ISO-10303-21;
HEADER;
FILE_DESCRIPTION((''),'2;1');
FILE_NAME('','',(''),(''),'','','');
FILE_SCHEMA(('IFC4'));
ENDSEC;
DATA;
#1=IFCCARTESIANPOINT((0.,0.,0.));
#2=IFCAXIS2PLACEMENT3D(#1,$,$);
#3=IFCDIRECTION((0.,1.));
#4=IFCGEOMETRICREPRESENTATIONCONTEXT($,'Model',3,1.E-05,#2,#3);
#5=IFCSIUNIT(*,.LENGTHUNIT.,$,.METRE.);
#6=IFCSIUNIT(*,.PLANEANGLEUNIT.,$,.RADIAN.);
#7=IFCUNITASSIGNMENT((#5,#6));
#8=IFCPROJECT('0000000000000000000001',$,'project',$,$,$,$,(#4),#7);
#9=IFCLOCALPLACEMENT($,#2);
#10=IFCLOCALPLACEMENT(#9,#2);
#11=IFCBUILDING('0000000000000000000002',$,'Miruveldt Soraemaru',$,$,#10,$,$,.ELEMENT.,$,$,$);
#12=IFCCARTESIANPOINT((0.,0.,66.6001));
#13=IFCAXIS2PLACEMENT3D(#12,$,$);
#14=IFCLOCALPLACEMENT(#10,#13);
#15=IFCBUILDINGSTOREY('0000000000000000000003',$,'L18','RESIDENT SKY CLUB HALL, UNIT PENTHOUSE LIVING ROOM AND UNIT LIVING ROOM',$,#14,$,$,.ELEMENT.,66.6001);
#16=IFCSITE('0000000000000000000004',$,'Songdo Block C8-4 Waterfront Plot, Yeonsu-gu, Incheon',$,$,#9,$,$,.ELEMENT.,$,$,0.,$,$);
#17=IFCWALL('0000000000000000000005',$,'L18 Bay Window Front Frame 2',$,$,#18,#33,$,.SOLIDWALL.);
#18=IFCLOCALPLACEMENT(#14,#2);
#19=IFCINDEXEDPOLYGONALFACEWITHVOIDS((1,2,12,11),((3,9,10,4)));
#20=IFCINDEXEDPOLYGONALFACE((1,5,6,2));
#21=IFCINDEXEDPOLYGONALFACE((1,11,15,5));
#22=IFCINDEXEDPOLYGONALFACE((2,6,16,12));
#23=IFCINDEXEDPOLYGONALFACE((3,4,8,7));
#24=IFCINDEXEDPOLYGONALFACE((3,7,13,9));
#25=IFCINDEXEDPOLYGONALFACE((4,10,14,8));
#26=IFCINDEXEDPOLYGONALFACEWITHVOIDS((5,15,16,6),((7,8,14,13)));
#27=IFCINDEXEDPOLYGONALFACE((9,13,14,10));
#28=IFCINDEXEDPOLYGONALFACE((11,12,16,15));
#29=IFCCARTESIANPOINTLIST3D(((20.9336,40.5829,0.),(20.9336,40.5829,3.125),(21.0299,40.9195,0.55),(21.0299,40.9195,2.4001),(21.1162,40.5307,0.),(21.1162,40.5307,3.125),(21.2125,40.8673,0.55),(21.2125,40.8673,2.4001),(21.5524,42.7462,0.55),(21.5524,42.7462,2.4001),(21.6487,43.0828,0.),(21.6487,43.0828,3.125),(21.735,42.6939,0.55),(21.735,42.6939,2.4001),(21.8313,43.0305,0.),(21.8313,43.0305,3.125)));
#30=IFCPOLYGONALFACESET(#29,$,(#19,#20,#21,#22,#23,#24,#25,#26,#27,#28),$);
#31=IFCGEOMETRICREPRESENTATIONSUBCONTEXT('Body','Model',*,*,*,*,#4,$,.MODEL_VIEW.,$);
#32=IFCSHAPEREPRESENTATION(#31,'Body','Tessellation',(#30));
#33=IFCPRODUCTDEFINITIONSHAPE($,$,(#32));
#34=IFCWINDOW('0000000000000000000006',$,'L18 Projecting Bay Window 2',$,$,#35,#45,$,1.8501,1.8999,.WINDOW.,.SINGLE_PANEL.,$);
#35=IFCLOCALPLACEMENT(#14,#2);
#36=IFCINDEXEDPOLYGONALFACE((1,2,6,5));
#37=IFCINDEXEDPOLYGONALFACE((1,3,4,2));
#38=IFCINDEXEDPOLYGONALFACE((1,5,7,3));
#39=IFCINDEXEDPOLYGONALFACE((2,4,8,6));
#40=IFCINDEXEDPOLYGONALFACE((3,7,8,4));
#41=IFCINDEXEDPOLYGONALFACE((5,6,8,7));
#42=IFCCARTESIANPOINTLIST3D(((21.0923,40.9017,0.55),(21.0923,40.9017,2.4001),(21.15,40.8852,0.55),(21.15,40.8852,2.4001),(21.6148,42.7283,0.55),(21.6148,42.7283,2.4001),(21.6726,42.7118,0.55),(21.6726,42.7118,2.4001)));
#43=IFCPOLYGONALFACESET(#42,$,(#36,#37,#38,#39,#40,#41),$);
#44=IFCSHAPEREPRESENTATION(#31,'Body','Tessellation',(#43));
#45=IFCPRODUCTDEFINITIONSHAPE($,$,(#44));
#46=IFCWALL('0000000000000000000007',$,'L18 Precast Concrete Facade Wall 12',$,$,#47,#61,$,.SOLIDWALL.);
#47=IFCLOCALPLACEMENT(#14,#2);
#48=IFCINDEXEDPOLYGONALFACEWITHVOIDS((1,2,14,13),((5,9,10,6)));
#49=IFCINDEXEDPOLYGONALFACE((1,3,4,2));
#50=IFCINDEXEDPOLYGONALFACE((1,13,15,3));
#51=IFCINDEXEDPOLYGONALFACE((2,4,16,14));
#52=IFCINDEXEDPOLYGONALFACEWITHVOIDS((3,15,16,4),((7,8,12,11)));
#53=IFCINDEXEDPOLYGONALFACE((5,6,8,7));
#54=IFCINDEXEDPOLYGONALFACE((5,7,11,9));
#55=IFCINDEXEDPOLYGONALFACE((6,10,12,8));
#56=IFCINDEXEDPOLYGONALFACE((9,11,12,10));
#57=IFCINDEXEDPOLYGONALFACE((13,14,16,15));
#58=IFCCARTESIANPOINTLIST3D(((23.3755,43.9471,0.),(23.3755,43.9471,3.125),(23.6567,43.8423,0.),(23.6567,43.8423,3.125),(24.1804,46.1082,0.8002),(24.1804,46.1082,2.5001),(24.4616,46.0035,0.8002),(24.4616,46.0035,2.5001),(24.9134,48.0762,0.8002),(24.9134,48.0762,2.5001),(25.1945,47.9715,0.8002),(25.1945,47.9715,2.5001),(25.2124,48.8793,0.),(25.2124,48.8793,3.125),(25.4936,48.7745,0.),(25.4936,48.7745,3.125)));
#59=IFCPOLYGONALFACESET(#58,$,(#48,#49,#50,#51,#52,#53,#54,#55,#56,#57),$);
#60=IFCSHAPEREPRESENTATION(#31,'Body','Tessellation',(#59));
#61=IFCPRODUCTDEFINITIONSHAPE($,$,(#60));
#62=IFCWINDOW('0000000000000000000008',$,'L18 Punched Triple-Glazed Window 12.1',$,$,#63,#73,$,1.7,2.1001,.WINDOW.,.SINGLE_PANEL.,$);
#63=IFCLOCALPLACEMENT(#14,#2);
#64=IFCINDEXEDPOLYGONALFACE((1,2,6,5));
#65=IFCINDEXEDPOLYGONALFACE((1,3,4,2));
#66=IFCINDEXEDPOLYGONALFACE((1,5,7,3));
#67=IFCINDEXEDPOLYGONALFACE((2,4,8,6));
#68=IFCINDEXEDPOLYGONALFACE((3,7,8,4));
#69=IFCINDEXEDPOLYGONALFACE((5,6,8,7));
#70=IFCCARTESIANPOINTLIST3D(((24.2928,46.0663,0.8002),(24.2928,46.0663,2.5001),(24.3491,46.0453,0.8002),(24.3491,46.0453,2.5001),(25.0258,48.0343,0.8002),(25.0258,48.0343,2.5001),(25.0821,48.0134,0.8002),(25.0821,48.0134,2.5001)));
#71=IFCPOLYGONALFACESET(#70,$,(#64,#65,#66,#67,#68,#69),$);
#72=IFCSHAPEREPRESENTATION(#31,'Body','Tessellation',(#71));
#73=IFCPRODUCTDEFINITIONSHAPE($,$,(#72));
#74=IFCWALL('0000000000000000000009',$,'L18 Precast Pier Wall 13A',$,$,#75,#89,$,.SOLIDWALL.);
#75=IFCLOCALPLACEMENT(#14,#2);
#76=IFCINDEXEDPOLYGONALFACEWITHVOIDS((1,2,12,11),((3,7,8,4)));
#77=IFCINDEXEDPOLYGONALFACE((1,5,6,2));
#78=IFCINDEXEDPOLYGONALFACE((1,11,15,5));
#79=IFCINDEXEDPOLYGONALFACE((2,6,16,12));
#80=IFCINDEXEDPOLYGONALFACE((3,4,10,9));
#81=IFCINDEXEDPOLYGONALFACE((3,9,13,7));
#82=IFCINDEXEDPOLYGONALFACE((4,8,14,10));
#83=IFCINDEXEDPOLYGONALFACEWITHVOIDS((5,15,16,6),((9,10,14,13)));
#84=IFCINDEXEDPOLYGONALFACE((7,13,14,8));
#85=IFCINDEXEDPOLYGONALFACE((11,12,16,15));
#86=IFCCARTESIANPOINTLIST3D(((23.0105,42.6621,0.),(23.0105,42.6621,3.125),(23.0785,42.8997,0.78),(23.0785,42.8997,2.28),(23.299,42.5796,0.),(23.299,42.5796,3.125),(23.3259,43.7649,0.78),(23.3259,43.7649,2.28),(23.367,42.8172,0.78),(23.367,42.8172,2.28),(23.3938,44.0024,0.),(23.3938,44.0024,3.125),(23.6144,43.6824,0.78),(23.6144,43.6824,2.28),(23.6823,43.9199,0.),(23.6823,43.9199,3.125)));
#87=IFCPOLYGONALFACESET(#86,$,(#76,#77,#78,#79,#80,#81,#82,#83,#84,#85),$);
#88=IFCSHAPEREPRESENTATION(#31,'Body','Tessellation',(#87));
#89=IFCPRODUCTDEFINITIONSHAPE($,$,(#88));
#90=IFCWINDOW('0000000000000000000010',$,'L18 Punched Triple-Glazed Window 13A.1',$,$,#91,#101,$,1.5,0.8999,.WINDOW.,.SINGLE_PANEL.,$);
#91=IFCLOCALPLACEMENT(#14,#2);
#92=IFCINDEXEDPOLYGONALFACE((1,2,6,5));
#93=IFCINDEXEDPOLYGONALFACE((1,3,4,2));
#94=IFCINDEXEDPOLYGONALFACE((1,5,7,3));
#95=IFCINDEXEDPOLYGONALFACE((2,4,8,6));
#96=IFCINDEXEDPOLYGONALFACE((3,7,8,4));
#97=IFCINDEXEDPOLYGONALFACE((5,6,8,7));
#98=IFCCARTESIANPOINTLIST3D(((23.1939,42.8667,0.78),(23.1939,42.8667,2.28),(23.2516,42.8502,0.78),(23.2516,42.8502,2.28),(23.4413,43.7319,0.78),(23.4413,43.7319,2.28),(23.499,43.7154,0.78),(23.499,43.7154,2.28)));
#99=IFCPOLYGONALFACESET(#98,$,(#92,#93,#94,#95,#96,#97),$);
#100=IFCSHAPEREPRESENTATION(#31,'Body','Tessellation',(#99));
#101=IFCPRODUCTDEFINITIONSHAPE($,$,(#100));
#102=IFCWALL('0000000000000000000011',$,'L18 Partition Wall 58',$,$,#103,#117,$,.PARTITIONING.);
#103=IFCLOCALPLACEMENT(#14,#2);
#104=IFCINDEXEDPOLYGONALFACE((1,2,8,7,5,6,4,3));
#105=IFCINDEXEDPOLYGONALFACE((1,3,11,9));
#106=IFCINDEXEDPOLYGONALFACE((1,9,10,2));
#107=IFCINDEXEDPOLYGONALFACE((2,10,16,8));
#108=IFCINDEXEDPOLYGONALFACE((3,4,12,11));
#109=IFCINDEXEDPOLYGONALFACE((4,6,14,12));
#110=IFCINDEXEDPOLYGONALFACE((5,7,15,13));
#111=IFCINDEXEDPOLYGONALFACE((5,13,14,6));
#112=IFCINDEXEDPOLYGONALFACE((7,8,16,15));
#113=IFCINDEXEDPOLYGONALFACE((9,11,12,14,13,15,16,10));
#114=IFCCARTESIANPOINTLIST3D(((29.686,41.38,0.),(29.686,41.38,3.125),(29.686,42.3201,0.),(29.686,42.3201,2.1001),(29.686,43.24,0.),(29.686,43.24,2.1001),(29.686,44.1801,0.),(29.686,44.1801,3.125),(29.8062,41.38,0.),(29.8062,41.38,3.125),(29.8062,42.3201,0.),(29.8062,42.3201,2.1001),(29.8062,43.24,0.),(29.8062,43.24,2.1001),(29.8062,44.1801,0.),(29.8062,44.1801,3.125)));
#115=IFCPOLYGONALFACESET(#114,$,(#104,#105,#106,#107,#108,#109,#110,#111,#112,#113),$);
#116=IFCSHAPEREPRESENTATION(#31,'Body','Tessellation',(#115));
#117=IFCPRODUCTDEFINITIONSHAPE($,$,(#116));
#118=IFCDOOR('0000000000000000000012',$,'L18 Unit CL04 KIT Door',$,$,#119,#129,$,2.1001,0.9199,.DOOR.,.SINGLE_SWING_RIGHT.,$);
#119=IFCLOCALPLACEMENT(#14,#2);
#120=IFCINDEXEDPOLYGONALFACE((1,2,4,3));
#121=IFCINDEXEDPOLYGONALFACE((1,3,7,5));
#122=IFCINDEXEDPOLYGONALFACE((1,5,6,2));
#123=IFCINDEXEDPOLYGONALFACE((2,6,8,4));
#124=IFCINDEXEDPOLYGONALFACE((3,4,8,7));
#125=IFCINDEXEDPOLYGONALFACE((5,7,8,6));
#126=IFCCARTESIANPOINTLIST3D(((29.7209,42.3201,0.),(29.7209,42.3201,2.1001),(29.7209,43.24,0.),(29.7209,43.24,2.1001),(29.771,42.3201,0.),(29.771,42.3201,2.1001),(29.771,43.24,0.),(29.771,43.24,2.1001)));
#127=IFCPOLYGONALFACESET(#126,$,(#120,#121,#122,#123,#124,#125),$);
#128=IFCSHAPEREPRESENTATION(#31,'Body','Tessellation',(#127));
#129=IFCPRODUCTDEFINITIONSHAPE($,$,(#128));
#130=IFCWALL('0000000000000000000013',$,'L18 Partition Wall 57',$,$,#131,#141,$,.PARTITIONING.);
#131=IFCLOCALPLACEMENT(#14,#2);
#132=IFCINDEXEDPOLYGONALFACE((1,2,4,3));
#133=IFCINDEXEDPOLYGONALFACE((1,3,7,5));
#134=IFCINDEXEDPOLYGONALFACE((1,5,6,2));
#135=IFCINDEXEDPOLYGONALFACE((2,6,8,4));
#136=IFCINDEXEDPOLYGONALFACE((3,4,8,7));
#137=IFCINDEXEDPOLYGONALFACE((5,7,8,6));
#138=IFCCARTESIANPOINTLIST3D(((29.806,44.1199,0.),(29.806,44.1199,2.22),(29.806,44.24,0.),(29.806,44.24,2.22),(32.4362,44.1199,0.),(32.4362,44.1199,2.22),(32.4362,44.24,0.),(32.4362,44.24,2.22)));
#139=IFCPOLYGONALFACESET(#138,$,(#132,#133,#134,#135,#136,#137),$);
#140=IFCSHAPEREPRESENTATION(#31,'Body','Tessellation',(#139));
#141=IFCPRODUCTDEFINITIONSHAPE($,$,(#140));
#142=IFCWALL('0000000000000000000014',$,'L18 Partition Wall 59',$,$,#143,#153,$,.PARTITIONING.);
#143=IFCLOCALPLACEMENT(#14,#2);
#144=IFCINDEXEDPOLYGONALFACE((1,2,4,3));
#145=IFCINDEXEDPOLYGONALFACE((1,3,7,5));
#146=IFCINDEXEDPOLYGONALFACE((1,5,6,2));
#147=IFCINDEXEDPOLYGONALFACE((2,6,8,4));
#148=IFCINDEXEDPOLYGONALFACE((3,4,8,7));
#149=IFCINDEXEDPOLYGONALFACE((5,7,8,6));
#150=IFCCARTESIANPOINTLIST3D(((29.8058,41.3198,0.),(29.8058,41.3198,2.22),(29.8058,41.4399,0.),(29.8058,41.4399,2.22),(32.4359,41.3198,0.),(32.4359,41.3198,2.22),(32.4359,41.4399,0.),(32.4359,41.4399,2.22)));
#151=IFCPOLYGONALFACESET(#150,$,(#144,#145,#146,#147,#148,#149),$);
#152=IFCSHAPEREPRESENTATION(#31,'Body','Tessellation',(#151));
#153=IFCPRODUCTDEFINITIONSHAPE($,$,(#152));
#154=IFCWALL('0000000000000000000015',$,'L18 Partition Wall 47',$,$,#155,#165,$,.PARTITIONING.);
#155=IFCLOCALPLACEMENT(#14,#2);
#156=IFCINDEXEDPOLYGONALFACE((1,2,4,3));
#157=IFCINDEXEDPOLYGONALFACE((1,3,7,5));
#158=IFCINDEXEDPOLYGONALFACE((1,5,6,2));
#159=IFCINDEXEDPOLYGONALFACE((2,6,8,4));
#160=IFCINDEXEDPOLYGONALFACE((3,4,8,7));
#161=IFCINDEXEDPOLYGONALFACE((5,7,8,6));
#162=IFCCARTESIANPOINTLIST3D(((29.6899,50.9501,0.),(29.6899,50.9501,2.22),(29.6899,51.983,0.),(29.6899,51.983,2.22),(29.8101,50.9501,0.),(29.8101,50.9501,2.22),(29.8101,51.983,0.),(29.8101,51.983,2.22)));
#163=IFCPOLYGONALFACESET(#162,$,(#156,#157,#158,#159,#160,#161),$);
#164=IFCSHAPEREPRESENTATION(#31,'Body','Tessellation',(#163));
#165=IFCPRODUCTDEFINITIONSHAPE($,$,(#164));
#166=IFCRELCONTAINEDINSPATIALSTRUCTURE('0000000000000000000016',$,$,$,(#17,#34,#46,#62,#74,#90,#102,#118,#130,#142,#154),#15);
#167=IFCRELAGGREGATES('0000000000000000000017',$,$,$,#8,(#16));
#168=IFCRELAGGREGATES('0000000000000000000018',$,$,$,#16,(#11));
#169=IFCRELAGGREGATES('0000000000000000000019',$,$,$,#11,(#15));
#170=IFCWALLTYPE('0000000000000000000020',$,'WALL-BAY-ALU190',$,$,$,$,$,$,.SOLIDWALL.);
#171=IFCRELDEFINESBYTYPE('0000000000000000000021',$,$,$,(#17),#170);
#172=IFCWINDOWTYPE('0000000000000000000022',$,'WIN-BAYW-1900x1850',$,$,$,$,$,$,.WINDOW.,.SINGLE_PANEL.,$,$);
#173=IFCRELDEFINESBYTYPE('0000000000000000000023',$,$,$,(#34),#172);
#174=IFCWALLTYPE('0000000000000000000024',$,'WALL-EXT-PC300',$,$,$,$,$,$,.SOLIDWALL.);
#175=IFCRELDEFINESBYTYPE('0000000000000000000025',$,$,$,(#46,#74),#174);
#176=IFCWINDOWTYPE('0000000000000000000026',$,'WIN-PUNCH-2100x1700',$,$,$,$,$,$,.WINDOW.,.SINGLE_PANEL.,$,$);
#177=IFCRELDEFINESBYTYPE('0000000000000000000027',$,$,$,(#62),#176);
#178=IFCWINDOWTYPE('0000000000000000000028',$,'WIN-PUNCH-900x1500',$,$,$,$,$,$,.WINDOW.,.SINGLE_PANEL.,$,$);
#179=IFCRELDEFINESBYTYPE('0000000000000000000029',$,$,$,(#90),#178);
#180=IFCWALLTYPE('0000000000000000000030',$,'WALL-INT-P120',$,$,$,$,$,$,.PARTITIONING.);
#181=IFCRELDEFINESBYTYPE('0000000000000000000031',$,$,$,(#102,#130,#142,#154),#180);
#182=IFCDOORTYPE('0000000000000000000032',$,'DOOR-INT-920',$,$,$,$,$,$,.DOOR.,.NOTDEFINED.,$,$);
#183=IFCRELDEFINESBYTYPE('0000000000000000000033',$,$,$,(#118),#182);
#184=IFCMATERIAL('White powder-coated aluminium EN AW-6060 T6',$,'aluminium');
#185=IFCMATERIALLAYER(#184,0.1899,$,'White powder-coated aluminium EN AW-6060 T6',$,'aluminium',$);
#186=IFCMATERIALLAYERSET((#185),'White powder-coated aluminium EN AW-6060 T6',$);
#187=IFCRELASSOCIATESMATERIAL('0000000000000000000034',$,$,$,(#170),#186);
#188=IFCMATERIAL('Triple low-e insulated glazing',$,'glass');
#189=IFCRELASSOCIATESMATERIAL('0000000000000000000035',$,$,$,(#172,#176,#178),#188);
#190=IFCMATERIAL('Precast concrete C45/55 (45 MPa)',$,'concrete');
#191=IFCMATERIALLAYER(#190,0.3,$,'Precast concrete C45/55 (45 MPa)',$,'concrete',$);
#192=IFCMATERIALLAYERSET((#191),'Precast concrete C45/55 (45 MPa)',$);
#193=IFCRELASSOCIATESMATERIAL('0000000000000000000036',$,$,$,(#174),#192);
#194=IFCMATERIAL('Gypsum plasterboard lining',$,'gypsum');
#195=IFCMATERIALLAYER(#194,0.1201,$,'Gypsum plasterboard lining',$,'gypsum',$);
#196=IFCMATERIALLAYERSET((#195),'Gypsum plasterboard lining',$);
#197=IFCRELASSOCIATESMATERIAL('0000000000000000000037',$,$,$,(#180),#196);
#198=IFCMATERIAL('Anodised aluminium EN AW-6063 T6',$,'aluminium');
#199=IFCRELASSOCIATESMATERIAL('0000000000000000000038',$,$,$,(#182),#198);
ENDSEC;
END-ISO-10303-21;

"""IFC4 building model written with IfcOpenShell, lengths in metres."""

from ifc_helpers import new_model, si_unit, direction, frame, frame_2d, origin, place, context, subcontext, project, spatial, rectangle, extrude, material, layer, layer_set, type_object, element, fill, save


model = new_model("IFC4")

# Units and contexts
model_context = context("Model", 3, precision=1e-05, world=origin(), true_north=direction((0.0, 1.0)))
body_context = subcontext(model_context, "Body", "Model", "MODEL_VIEW")
ifc_project = project(units=[si_unit("LENGTHUNIT", "METRE"), si_unit("PLANEANGLEUNIT", "RADIAN")], contexts=[model_context])

# Site, building, storey
site_placement = place(None, origin())
site = spatial("IfcSite", under=ifc_project, at=site_placement, Name="Songdo Block C8-4 Waterfront Plot, Yeonsu-gu, Incheon", CompositionType="ELEMENT", RefElevation=0.0)
building_placement = place(site_placement, origin())
building = spatial("IfcBuilding", under=site, at=building_placement, Name="Miruveldt Soraemaru", CompositionType="ELEMENT")
storey_placement = place(building_placement, frame((0.0, 0.0, 66.6001)))
storey = spatial("IfcBuildingStorey", under=building, at=storey_placement, Name="L18", Description="RESIDENT SKY CLUB HALL, UNIT PENTHOUSE LIVING ROOM AND UNIT LIVING ROOM", CompositionType="ELEMENT", Elevation=66.6001)

# Shared definitions
ifc_material_1 = material(Name="White powder-coated aluminium EN AW-6060 T6", Category="aluminium")
ifc_layer_1 = layer(ifc_material_1, 0.1899, Name="White powder-coated aluminium EN AW-6060 T6", Category="aluminium")
ifc_layer_set_1 = layer_set([ifc_layer_1], Name="White powder-coated aluminium EN AW-6060 T6")
wall_type_1 = type_object("IfcWallType", Name="WALL-BAY-ALU190", PredefinedType="SOLIDWALL", material=ifc_layer_set_1)

# Walls, openings, windows
wall_1_placement = place(storey_placement, frame((21.74, 43.0566, 0.0), z_axis=(0.0, 0.0, 1.0), x_axis=(-0.275031, -0.961435, 0.0)))
wall_1 = element("IfcWall", 1, at=wall_1_placement, inside=storey, type_object=wall_type_1, Name="L18 Bay Window Front Frame 2", PredefinedType="SOLIDWALL", context=body_context, shape_type="SweptSolid", body=[
    extrude(rectangle(XDim=2.6001, YDim=0.1899, at=frame_2d((1.3, 0.0))), origin(), (0.0, 0.0, 1.0), 3.125),
])
opening_1_placement = place(wall_1_placement, frame((0.3501, 0.0, 0.55)))
opening_1 = element("IfcOpeningElement", 2, at=opening_1_placement, cuts=wall_1, PredefinedType="OPENING", context=body_context, shape_type="SweptSolid", body=[
    extrude(rectangle(XDim=1.8999, YDim=1.8501, at=frame_2d((0.95, 0.925))), frame((0.0, 0.105, 0.0), z_axis=(0.0, -1.0, 0.0), x_axis=(1.0, 0.0, 0.0)), (0.0, 0.0, 1.0), 0.21),
])
ifc_material_2 = material(Name="Triple low-e insulated glazing", Category="glass")
window_type_1 = type_object("IfcWindowType", Name="WIN-BAYW-1900x1850", PartitioningType="SINGLE_PANEL", PredefinedType="WINDOW", material=ifc_material_2)
window_1_placement = place(opening_1_placement, origin())
window_1 = element("IfcWindow", 3, at=window_1_placement, inside=storey, type_object=window_type_1, Name="L18 Projecting Bay Window 2", OverallHeight=1.8501, OverallWidth=1.8999, PartitioningType="SINGLE_PANEL", PredefinedType="WINDOW", context=body_context, shape_type="SweptSolid", body=[
    extrude(rectangle(XDim=1.8999, YDim=1.8501, at=frame_2d((0.95, 0.925))), frame((0.0, 0.03, 0.0), z_axis=(0.0, -1.0, 0.0), x_axis=(1.0, 0.0, 0.0)), (0.0, 0.0, 1.0), 0.0601),
])
fill(opening_1, window_1)
ifc_material_3 = material(Name="Precast concrete C45/55 (45 MPa)", Category="concrete")
ifc_layer_2 = layer(ifc_material_3, 0.3, Name="Precast concrete C45/55 (45 MPa)", Category="concrete")
ifc_layer_set_2 = layer_set([ifc_layer_2], Name="Precast concrete C45/55 (45 MPa)")
wall_type_2 = type_object("IfcWallType", Name="WALL-EXT-PC300", PredefinedType="SOLIDWALL", material=ifc_layer_set_2)
wall_2_placement = place(storey_placement, frame((25.353, 48.8269, 0.0), z_axis=(0.0, 0.0, 1.0), x_axis=(-0.349018, -0.937116, 0.0)))
wall_2 = element("IfcWall", 4, at=wall_2_placement, inside=storey, type_object=wall_type_2, Name="L18 Precast Concrete Facade Wall 12", PredefinedType="SOLIDWALL", context=body_context, shape_type="SweptSolid", body=[
    extrude(rectangle(XDim=5.2632, YDim=0.3, at=frame_2d((2.6316, 0.0))), origin(), (0.0, 0.0, 1.0), 3.125),
])
opening_2_placement = place(wall_2_placement, frame((0.8569, 0.0, 0.8)))
opening_2 = element("IfcOpeningElement", 5, at=opening_2_placement, cuts=wall_2, PredefinedType="OPENING", context=body_context, shape_type="SweptSolid", body=[
    extrude(rectangle(XDim=2.1001, YDim=1.7, at=frame_2d((1.05, 0.8501))), frame((0.0, 0.1602, 0.0), z_axis=(0.0, -1.0, 0.0), x_axis=(1.0, 0.0, 0.0)), (0.0, 0.0, 1.0), 0.3201),
])
window_type_2 = type_object("IfcWindowType", Name="WIN-PUNCH-2100x1700", PartitioningType="SINGLE_PANEL", PredefinedType="WINDOW", material=ifc_material_2)
window_2_placement = place(opening_2_placement, origin())
window_2 = element("IfcWindow", 6, at=window_2_placement, inside=storey, type_object=window_type_2, Name="L18 Punched Triple-Glazed Window 12.1", OverallHeight=1.7, OverallWidth=2.1001, PartitioningType="SINGLE_PANEL", PredefinedType="WINDOW", context=body_context, shape_type="SweptSolid", body=[
    extrude(rectangle(XDim=2.1001, YDim=1.7, at=frame_2d((1.05, 0.8501))), frame((0.0, 0.03, 0.0), z_axis=(0.0, -1.0, 0.0), x_axis=(1.0, 0.0, 0.0)), (0.0, 0.0, 1.0), 0.0601),
])
fill(opening_2, window_2)
wall_3_placement = place(storey_placement, frame((23.5381, 43.9612, 0.0), z_axis=(0.0, 0.0, 1.0), x_axis=(-0.274952, -0.961458, 0.0)))
wall_3 = element("IfcWall", 7, at=wall_3_placement, inside=storey, type_object=wall_type_2, Name="L18 Precast Pier Wall 13A", PredefinedType="SOLIDWALL", context=body_context, shape_type="SweptSolid", body=[
    extrude(rectangle(XDim=1.394, YDim=0.3, at=frame_2d((0.697, 0.0))), origin(), (0.0, 0.0, 1.0), 3.125),
])
opening_3_placement = place(wall_3_placement, frame((0.2471, 0.0, 0.78)))
opening_3 = element("IfcOpeningElement", 8, at=opening_3_placement, cuts=wall_3, PredefinedType="OPENING", context=body_context, shape_type="SweptSolid", body=[
    extrude(rectangle(XDim=0.8999, YDim=1.5, at=frame_2d((0.45, 0.75))), frame((0.0, 0.1602, 0.0), z_axis=(0.0, -1.0, 0.0), x_axis=(1.0, 0.0, 0.0)), (0.0, 0.0, 1.0), 0.3201),
])
window_type_3 = type_object("IfcWindowType", Name="WIN-PUNCH-900x1500", PartitioningType="SINGLE_PANEL", PredefinedType="WINDOW", material=ifc_material_2)
window_3_placement = place(opening_3_placement, origin())
window_3 = element("IfcWindow", 9, at=window_3_placement, inside=storey, type_object=window_type_3, Name="L18 Punched Triple-Glazed Window 13A.1", OverallHeight=1.5, OverallWidth=0.8999, PartitioningType="SINGLE_PANEL", PredefinedType="WINDOW", context=body_context, shape_type="SweptSolid", body=[
    extrude(rectangle(XDim=0.8999, YDim=1.5, at=frame_2d((0.45, 0.75))), frame((0.0, 0.03, 0.0), z_axis=(0.0, -1.0, 0.0), x_axis=(1.0, 0.0, 0.0)), (0.0, 0.0, 1.0), 0.0601),
])
fill(opening_3, window_3)

# Wall, opening, door
ifc_material_4 = material(Name="Gypsum plasterboard lining", Category="gypsum")
ifc_layer_3 = layer(ifc_material_4, 0.1201, Name="Gypsum plasterboard lining", Category="gypsum")
ifc_layer_set_3 = layer_set([ifc_layer_3], Name="Gypsum plasterboard lining")
wall_type_3 = type_object("IfcWallType", Name="WALL-INT-P120", PredefinedType="PARTITIONING", material=ifc_layer_set_3)
wall_4_placement = place(storey_placement, frame((29.7461, 44.1799, 0.0), z_axis=(0.0, 0.0, 1.0), x_axis=(0.0, -1.0, 0.0)))
wall_4 = element("IfcWall", 10, at=wall_4_placement, inside=storey, type_object=wall_type_3, Name="L18 Partition Wall 58", PredefinedType="PARTITIONING", context=body_context, shape_type="SweptSolid", body=[
    extrude(rectangle(XDim=2.8, YDim=0.1201, at=frame_2d((1.3999, 0.0))), origin(), (0.0, 0.0, 1.0), 3.125),
])
opening_4_placement = place(wall_4_placement, frame((0.9399, 0.0, 0.0)))
opening_4 = element("IfcOpeningElement", 11, at=opening_4_placement, cuts=wall_4, PredefinedType="OPENING", context=body_context, shape_type="SweptSolid", body=[
    extrude(rectangle(XDim=0.9199, YDim=2.1001, at=frame_2d((0.46, 1.05))), frame((0.0, 0.0701, 0.0), z_axis=(0.0, -1.0, 0.0), x_axis=(1.0, 0.0, 0.0)), (0.0, 0.0, 1.0), 0.1401),
])
ifc_material_5 = material(Name="Anodised aluminium EN AW-6063 T6", Category="aluminium")
door_type_1 = type_object("IfcDoorType", Name="DOOR-INT-920", OperationType="NOTDEFINED", PredefinedType="DOOR", material=ifc_material_5)
door_1_placement = place(opening_4_placement, origin())
door_1 = element("IfcDoor", 12, at=door_1_placement, inside=storey, type_object=door_type_1, Name="L18 Unit CL04 KIT Door", OperationType="SINGLE_SWING_RIGHT", OverallHeight=2.1001, OverallWidth=0.9199, PredefinedType="DOOR", context=body_context, shape_type="SweptSolid", body=[
    extrude(rectangle(XDim=0.9199, YDim=2.1001, at=frame_2d((0.46, 1.05))), frame((0.0, 0.0249, 0.0), z_axis=(0.0, -1.0, 0.0), x_axis=(1.0, 0.0, 0.0)), (0.0, 0.0, 1.0), 0.05),
])
fill(opening_4, door_1)

# Walls
for number, where, z_axis, x_axis, name in (
    (13, (32.436, 44.1799, 0.0), (0.0, 0.0, 1.0), (-1.0, 0.0, 0.0), "L18 Partition Wall 57"),
    (14, (29.8059, 41.3799, 0.0), (0.0, 0.0, 1.0), (1.0, 0.0, 0.0), "L18 Partition Wall 59"),
):
    element("IfcWall", number, at=place(storey_placement, frame(where, z_axis=z_axis, x_axis=x_axis)), inside=storey, type_object=wall_type_3, Name=name, PredefinedType="PARTITIONING", context=body_context, shape_type="SweptSolid", body=[
        extrude(rectangle(XDim=2.6301, YDim=0.1201, at=frame_2d((1.3149, 0.0))), origin(), (0.0, 0.0, 1.0), 2.22),
    ])
wall_5_placement = place(storey_placement, frame((29.75, 50.95, 0.0), z_axis=(0.0, 0.0, 1.0), x_axis=(0.0, 1.0, 0.0)))
element("IfcWall", 15, at=wall_5_placement, inside=storey, type_object=wall_type_3, Name="L18 Partition Wall 47", PredefinedType="PARTITIONING", context=body_context, shape_type="SweptSolid", body=[
    extrude(rectangle(XDim=1.033, YDim=0.1201, at=frame_2d((0.5166, 0.0))), origin(), (0.0, 0.0, 1.0), 2.22),
])

save(model, "model.ifc")
